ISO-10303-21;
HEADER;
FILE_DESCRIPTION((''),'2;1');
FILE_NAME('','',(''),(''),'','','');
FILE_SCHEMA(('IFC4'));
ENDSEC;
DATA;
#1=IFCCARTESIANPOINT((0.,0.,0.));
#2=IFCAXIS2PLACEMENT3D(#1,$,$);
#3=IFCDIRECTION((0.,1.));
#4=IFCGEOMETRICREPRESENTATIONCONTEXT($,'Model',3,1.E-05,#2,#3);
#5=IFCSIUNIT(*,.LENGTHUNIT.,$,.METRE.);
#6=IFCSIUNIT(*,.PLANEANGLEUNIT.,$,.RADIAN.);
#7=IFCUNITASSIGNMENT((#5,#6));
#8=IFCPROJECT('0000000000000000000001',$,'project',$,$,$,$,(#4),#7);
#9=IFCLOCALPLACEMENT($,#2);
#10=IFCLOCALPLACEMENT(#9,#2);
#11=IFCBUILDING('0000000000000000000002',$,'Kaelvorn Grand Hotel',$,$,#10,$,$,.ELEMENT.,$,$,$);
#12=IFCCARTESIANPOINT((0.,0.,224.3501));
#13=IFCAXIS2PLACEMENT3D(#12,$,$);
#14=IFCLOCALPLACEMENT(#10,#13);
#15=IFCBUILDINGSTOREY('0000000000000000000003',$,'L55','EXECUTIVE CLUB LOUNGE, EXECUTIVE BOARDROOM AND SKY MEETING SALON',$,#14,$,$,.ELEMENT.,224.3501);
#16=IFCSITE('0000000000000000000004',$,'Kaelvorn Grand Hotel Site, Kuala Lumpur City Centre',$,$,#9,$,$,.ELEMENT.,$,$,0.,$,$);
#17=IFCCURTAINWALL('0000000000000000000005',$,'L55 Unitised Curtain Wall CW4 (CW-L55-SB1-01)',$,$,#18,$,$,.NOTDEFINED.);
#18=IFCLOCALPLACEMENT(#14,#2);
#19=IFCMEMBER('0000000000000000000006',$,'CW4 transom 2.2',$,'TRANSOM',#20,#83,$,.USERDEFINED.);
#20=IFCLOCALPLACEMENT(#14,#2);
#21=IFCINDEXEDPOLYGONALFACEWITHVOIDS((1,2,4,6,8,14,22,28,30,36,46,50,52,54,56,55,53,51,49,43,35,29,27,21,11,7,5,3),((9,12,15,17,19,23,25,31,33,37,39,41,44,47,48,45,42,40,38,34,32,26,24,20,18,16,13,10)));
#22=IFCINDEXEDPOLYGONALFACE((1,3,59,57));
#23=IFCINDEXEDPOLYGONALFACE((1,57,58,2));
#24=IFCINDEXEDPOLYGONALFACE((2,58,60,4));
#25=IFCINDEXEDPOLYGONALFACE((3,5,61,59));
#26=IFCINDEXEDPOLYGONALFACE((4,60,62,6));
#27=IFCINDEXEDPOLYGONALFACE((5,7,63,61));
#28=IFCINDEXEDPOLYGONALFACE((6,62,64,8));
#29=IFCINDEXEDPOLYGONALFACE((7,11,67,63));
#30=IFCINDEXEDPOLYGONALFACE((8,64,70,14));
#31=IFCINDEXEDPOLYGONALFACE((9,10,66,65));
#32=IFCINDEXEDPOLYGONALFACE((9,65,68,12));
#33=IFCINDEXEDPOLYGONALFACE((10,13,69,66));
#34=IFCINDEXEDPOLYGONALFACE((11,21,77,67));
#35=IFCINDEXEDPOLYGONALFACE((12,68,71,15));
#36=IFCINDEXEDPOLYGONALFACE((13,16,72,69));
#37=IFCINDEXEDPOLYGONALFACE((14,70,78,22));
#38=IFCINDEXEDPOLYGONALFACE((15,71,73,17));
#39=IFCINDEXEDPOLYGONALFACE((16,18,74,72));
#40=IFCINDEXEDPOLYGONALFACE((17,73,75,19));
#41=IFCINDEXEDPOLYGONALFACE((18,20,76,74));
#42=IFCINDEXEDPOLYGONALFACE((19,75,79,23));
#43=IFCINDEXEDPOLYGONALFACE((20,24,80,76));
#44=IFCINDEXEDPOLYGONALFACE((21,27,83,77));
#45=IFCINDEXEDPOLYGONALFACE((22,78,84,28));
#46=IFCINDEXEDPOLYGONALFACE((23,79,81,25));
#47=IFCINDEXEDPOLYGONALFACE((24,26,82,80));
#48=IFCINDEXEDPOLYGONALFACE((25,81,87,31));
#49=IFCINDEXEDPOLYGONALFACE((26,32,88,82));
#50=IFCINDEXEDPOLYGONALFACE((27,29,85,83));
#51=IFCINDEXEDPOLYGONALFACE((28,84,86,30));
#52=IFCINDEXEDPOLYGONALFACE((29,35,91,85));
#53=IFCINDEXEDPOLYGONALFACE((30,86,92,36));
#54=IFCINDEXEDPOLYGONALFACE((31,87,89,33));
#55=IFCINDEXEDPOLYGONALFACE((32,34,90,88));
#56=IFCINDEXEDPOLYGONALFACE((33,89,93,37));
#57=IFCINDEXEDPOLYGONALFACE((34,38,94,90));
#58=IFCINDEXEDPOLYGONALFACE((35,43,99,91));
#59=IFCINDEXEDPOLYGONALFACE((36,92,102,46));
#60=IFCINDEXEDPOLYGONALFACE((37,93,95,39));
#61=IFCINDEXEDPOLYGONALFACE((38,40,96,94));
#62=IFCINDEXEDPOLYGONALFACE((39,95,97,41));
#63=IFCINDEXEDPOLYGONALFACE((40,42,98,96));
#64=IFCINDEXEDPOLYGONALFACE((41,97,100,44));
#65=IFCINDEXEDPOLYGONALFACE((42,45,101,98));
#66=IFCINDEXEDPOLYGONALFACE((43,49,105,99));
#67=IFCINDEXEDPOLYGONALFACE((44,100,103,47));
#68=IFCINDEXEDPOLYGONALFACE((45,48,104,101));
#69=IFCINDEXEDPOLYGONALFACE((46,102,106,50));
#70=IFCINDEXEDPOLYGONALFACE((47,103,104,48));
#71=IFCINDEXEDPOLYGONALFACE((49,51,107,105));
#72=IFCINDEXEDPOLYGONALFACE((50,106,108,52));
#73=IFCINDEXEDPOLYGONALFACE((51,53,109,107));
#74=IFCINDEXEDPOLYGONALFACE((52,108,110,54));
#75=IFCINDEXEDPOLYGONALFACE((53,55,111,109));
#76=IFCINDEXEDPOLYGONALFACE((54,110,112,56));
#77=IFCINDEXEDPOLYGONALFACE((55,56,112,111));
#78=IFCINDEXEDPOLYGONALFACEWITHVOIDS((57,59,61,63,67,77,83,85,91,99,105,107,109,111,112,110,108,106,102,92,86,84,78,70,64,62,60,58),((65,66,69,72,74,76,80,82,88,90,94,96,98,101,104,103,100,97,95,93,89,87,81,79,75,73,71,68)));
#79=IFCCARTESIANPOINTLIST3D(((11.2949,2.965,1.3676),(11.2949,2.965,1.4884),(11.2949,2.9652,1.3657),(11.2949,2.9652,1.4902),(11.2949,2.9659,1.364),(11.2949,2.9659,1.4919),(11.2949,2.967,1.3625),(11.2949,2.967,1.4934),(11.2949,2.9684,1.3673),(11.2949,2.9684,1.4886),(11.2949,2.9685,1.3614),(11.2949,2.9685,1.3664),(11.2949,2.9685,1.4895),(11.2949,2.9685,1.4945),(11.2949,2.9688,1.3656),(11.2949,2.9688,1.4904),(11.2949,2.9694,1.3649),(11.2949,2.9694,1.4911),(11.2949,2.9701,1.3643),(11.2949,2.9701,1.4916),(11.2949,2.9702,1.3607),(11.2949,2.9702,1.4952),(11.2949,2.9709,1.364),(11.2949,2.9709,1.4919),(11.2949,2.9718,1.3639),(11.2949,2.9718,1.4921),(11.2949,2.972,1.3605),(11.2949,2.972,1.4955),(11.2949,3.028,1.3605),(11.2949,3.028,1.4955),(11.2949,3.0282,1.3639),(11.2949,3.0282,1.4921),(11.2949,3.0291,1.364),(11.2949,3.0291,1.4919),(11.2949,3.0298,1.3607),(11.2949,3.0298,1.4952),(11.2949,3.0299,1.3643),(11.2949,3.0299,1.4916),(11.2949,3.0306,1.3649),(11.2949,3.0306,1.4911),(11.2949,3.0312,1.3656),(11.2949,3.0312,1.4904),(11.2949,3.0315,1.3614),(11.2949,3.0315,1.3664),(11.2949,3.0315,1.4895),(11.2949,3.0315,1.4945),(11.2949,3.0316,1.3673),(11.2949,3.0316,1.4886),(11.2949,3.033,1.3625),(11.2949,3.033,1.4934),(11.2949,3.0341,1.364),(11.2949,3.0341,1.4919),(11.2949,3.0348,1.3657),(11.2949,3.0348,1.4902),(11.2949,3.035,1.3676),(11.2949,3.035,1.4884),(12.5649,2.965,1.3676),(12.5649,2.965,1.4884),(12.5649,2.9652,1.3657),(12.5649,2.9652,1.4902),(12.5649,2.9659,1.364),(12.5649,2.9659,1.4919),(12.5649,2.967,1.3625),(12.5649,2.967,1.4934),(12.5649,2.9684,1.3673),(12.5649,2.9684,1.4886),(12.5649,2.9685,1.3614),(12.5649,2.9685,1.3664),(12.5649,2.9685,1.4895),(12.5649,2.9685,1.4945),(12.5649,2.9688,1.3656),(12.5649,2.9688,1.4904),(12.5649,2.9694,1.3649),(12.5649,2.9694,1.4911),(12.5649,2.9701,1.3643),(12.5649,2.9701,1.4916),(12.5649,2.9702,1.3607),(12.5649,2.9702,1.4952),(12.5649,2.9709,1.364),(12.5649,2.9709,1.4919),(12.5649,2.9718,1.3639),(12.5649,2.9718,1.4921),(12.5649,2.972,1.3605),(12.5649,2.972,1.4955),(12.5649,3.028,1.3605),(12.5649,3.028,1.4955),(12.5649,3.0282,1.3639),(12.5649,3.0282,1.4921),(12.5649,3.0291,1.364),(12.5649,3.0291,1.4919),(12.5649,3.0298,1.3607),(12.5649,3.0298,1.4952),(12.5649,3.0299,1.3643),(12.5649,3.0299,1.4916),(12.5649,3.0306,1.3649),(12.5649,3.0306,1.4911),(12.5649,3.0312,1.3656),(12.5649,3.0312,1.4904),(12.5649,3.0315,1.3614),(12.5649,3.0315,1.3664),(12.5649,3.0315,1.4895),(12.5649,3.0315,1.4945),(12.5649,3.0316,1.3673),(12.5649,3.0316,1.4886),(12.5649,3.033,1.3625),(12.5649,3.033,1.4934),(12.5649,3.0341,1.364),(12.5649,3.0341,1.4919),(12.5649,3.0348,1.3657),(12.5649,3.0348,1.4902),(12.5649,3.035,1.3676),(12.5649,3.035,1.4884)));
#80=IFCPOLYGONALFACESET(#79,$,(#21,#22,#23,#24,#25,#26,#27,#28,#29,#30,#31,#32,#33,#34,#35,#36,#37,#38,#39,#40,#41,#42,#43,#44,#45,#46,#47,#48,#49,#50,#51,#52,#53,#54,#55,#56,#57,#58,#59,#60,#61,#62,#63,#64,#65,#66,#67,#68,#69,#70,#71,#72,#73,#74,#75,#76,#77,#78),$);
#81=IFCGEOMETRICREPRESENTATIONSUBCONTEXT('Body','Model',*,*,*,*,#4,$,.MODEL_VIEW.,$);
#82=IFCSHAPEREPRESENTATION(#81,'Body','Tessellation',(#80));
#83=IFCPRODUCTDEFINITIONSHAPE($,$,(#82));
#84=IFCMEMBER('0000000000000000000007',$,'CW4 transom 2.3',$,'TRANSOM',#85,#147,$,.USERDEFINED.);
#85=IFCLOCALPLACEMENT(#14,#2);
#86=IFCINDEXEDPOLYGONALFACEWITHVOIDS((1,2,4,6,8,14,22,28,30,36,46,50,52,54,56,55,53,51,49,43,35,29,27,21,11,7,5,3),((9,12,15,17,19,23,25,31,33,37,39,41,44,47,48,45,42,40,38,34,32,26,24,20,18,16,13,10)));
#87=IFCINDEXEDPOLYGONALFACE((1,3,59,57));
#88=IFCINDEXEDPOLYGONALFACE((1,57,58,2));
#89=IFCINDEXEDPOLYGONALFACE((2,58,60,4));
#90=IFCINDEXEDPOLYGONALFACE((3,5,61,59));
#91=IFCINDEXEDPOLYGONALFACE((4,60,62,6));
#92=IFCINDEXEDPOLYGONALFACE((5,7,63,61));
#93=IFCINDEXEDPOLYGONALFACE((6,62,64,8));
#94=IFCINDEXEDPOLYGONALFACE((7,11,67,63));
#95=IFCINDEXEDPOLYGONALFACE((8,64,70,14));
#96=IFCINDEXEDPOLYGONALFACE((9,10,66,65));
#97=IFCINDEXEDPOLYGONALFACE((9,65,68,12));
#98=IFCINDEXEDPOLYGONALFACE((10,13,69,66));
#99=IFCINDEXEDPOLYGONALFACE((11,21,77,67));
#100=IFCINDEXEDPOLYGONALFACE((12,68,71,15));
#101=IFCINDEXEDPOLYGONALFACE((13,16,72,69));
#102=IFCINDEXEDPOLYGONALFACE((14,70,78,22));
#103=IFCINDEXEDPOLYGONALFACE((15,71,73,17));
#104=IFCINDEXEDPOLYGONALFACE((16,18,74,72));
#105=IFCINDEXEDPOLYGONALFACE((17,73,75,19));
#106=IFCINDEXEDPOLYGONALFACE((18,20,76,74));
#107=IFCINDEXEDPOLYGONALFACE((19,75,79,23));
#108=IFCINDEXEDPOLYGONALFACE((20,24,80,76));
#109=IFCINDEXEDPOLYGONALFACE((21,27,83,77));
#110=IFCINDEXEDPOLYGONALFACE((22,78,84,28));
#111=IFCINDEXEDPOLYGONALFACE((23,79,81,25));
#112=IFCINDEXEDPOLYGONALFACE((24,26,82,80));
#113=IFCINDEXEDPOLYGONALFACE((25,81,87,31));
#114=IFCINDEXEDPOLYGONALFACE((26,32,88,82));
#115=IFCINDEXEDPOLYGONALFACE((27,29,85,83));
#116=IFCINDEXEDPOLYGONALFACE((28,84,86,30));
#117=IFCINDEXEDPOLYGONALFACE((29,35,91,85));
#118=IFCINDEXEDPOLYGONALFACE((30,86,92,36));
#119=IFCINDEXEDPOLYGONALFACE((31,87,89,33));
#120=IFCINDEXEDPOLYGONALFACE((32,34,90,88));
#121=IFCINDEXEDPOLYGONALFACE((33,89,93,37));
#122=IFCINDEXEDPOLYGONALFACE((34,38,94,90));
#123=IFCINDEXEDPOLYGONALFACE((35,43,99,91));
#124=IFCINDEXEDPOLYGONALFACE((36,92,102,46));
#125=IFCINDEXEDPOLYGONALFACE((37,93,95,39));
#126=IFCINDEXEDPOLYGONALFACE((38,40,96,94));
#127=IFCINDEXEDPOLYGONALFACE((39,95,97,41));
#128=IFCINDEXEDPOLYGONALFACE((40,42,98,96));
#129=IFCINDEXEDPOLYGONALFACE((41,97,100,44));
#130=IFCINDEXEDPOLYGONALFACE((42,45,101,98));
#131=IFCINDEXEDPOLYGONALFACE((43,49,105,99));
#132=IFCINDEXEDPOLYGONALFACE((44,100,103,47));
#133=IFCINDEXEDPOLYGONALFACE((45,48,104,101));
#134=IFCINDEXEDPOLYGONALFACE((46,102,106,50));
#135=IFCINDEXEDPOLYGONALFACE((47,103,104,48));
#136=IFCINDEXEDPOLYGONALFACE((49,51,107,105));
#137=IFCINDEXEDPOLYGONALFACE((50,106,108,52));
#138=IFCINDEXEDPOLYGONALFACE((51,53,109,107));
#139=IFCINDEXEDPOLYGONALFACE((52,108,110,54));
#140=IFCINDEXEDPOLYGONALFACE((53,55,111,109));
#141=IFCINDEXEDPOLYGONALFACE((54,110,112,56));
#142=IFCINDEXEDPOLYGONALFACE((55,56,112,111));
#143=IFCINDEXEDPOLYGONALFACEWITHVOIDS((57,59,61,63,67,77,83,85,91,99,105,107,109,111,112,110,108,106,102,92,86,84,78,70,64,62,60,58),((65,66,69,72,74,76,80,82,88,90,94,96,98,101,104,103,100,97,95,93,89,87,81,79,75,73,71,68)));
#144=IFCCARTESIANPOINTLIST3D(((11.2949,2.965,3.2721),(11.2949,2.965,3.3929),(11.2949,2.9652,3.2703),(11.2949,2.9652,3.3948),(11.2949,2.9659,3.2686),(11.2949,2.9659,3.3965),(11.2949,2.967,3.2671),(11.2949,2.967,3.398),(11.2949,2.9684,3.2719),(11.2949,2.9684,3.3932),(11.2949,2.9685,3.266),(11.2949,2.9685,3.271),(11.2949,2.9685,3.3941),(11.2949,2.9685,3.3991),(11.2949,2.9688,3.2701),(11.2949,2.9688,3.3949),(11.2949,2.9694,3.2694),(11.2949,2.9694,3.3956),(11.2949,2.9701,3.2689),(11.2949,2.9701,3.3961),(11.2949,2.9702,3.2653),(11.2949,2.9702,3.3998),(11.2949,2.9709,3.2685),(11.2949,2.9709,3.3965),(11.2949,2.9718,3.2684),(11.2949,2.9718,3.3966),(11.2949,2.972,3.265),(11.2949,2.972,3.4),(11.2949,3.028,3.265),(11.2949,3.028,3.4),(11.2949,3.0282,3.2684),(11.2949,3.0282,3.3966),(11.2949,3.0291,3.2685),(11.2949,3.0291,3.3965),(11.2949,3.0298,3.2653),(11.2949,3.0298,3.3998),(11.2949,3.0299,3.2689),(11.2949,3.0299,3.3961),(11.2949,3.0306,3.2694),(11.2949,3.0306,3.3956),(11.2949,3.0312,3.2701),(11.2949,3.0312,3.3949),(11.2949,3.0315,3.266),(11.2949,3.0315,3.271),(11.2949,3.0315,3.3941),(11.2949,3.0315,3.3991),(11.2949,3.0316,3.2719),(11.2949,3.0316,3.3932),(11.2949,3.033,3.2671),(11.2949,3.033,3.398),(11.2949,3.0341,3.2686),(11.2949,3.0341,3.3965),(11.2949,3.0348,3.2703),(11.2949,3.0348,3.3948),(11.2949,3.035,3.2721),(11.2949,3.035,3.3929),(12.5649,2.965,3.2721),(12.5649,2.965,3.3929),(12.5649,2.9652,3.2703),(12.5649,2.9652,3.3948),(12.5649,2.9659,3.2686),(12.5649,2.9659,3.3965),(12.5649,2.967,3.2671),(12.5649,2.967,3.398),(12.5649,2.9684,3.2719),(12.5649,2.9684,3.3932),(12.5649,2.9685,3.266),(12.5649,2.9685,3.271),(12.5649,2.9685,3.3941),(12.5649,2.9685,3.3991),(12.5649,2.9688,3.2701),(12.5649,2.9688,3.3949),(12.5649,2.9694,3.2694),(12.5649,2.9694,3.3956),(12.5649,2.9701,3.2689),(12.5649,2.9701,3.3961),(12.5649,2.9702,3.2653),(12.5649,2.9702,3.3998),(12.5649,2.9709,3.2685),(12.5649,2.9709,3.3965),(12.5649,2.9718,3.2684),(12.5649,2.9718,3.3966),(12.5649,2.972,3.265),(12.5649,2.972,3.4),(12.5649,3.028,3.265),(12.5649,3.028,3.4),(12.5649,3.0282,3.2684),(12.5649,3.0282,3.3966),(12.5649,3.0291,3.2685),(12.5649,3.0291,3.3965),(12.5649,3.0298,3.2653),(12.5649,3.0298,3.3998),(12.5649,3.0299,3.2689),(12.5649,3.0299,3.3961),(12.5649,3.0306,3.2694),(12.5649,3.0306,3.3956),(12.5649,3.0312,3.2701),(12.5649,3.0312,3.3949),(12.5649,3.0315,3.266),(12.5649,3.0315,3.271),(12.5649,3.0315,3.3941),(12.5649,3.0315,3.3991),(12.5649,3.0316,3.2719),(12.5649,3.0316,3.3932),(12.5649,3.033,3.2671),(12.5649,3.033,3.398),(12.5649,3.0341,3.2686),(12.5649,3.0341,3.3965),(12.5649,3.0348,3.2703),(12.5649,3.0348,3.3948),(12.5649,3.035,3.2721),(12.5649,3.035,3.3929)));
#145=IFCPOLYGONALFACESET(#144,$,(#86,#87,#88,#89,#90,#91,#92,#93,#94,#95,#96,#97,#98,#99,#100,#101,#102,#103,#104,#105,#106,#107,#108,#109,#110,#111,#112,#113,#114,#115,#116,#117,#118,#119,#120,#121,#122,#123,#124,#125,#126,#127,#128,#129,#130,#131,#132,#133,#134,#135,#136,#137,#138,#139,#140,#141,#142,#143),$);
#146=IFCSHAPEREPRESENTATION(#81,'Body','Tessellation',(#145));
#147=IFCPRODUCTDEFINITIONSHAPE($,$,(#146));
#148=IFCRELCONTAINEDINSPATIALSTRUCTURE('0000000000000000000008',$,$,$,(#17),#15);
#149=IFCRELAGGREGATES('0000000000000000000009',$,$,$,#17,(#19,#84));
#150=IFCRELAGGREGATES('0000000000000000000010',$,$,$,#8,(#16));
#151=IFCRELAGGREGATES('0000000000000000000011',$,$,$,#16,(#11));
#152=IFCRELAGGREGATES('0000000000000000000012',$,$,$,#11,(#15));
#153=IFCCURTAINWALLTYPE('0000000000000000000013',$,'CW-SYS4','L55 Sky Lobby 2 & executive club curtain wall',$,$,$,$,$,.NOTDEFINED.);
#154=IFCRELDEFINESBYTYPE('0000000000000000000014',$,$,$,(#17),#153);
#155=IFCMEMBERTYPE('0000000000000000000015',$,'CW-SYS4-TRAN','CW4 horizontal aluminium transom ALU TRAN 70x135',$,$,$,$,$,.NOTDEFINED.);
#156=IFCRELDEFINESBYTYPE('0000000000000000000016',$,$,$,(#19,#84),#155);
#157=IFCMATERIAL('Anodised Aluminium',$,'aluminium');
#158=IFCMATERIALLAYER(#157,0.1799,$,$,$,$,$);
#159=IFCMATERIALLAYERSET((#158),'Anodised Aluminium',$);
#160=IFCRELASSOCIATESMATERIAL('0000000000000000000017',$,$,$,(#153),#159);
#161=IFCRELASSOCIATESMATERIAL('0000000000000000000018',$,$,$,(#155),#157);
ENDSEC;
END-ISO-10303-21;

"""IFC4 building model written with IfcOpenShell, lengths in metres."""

from ifc_helpers import new_model, si_unit, direction, frame, origin, origin_2d, place, context, subcontext, project, spatial, hollow_rectangle, extrude, material, layer, layer_set, material_profile, profile_set, type_object, element, aggregate, save


model = new_model("IFC4")

# Units and contexts
model_context = context("Model", 3, precision=1e-05, world=origin(), true_north=direction((0.0, 1.0)))
body_context = subcontext(model_context, "Body", "Model", "MODEL_VIEW")
ifc_project = project(units=[si_unit("LENGTHUNIT", "METRE"), si_unit("PLANEANGLEUNIT", "RADIAN")], contexts=[model_context])

# Site, building, storey
site_placement = place(None, origin())
site = spatial("IfcSite", under=ifc_project, at=site_placement, Name="Kaelvorn Grand Hotel Site, Kuala Lumpur City Centre", CompositionType="ELEMENT", RefElevation=0.0)
building_placement = place(site_placement, origin())
building = spatial("IfcBuilding", under=site, at=building_placement, Name="Kaelvorn Grand Hotel", CompositionType="ELEMENT")
storey_placement = place(building_placement, frame((0.0, 0.0, 224.3501)))
storey = spatial("IfcBuildingStorey", under=building, at=storey_placement, Name="L55", Description="EXECUTIVE CLUB LOUNGE, EXECUTIVE BOARDROOM AND SKY MEETING SALON", CompositionType="ELEMENT", Elevation=224.3501)

# Curtain wall, members
ifc_material_1 = material(Name="Anodised Aluminium", Category="aluminium")
ifc_layer_1 = layer(ifc_material_1, 0.1799)
ifc_layer_set_1 = layer_set([ifc_layer_1], Name="Anodised Aluminium")
curtain_wall_type = type_object("IfcCurtainWallType", Name="CW-SYS4", Description="L55 Sky Lobby 2 & executive club curtain wall", PredefinedType="NOTDEFINED", material=ifc_layer_set_1)
curtain_wall_placement = place(storey_placement, origin())
curtain_wall = element("IfcCurtainWall", 1, at=curtain_wall_placement, inside=storey, type_object=curtain_wall_type, Name="L55 Unitised Curtain Wall CW4 (CW-L55-SB1-01)", PredefinedType="NOTDEFINED")
ifc_material_profile_1 = material_profile(ifc_material_1, hollow_rectangle(XDim=0.0701, YDim=0.135, WallThickness=0.0034, InnerFilletRadius=0.0034, OuterFilletRadius=0.0071, at=origin_2d()), Name="ALU TRAN 70x135")
ifc_profile_set_1 = profile_set([ifc_material_profile_1], Name="Anodised Aluminium")
member_type_1 = type_object("IfcMemberType", Name="CW-SYS4-TRAN", Description="CW4 horizontal aluminium transom ALU TRAN 70x135", PredefinedType="NOTDEFINED", material=ifc_profile_set_1)
member_1_placement = place(storey_placement, frame((11.2949, 3.0, 1.428), z_axis=(1.0, 0.0, 0.0), x_axis=(0.0, 1.0, 0.0)))
member_1 = element("IfcMember", 2, at=member_1_placement, type_object=member_type_1, Name="CW4 transom 2.2", ObjectType="TRANSOM", PredefinedType="USERDEFINED", context=body_context, shape_type="SweptSolid", body=[
    extrude(hollow_rectangle(XDim=0.0701, YDim=0.135, WallThickness=0.0034, InnerFilletRadius=0.0034, OuterFilletRadius=0.0071, at=origin_2d()), origin(), (0.0, 0.0, 1.0), 1.27),
])
member_2_placement = place(storey_placement, frame((11.2949, 3.0, 3.3325), z_axis=(1.0, 0.0, 0.0), x_axis=(0.0, 1.0, 0.0)))
member_2 = element("IfcMember", 3, at=member_2_placement, type_object=member_type_1, Name="CW4 transom 2.3", ObjectType="TRANSOM", PredefinedType="USERDEFINED", context=body_context, shape_type="SweptSolid", body=[
    extrude(hollow_rectangle(XDim=0.0701, YDim=0.135, WallThickness=0.0034, InnerFilletRadius=0.0034, OuterFilletRadius=0.0071, at=origin_2d()), origin(), (0.0, 0.0, 1.0), 1.27),
])
aggregate(curtain_wall, [member_1, member_2])

save(model, "model.ifc")
